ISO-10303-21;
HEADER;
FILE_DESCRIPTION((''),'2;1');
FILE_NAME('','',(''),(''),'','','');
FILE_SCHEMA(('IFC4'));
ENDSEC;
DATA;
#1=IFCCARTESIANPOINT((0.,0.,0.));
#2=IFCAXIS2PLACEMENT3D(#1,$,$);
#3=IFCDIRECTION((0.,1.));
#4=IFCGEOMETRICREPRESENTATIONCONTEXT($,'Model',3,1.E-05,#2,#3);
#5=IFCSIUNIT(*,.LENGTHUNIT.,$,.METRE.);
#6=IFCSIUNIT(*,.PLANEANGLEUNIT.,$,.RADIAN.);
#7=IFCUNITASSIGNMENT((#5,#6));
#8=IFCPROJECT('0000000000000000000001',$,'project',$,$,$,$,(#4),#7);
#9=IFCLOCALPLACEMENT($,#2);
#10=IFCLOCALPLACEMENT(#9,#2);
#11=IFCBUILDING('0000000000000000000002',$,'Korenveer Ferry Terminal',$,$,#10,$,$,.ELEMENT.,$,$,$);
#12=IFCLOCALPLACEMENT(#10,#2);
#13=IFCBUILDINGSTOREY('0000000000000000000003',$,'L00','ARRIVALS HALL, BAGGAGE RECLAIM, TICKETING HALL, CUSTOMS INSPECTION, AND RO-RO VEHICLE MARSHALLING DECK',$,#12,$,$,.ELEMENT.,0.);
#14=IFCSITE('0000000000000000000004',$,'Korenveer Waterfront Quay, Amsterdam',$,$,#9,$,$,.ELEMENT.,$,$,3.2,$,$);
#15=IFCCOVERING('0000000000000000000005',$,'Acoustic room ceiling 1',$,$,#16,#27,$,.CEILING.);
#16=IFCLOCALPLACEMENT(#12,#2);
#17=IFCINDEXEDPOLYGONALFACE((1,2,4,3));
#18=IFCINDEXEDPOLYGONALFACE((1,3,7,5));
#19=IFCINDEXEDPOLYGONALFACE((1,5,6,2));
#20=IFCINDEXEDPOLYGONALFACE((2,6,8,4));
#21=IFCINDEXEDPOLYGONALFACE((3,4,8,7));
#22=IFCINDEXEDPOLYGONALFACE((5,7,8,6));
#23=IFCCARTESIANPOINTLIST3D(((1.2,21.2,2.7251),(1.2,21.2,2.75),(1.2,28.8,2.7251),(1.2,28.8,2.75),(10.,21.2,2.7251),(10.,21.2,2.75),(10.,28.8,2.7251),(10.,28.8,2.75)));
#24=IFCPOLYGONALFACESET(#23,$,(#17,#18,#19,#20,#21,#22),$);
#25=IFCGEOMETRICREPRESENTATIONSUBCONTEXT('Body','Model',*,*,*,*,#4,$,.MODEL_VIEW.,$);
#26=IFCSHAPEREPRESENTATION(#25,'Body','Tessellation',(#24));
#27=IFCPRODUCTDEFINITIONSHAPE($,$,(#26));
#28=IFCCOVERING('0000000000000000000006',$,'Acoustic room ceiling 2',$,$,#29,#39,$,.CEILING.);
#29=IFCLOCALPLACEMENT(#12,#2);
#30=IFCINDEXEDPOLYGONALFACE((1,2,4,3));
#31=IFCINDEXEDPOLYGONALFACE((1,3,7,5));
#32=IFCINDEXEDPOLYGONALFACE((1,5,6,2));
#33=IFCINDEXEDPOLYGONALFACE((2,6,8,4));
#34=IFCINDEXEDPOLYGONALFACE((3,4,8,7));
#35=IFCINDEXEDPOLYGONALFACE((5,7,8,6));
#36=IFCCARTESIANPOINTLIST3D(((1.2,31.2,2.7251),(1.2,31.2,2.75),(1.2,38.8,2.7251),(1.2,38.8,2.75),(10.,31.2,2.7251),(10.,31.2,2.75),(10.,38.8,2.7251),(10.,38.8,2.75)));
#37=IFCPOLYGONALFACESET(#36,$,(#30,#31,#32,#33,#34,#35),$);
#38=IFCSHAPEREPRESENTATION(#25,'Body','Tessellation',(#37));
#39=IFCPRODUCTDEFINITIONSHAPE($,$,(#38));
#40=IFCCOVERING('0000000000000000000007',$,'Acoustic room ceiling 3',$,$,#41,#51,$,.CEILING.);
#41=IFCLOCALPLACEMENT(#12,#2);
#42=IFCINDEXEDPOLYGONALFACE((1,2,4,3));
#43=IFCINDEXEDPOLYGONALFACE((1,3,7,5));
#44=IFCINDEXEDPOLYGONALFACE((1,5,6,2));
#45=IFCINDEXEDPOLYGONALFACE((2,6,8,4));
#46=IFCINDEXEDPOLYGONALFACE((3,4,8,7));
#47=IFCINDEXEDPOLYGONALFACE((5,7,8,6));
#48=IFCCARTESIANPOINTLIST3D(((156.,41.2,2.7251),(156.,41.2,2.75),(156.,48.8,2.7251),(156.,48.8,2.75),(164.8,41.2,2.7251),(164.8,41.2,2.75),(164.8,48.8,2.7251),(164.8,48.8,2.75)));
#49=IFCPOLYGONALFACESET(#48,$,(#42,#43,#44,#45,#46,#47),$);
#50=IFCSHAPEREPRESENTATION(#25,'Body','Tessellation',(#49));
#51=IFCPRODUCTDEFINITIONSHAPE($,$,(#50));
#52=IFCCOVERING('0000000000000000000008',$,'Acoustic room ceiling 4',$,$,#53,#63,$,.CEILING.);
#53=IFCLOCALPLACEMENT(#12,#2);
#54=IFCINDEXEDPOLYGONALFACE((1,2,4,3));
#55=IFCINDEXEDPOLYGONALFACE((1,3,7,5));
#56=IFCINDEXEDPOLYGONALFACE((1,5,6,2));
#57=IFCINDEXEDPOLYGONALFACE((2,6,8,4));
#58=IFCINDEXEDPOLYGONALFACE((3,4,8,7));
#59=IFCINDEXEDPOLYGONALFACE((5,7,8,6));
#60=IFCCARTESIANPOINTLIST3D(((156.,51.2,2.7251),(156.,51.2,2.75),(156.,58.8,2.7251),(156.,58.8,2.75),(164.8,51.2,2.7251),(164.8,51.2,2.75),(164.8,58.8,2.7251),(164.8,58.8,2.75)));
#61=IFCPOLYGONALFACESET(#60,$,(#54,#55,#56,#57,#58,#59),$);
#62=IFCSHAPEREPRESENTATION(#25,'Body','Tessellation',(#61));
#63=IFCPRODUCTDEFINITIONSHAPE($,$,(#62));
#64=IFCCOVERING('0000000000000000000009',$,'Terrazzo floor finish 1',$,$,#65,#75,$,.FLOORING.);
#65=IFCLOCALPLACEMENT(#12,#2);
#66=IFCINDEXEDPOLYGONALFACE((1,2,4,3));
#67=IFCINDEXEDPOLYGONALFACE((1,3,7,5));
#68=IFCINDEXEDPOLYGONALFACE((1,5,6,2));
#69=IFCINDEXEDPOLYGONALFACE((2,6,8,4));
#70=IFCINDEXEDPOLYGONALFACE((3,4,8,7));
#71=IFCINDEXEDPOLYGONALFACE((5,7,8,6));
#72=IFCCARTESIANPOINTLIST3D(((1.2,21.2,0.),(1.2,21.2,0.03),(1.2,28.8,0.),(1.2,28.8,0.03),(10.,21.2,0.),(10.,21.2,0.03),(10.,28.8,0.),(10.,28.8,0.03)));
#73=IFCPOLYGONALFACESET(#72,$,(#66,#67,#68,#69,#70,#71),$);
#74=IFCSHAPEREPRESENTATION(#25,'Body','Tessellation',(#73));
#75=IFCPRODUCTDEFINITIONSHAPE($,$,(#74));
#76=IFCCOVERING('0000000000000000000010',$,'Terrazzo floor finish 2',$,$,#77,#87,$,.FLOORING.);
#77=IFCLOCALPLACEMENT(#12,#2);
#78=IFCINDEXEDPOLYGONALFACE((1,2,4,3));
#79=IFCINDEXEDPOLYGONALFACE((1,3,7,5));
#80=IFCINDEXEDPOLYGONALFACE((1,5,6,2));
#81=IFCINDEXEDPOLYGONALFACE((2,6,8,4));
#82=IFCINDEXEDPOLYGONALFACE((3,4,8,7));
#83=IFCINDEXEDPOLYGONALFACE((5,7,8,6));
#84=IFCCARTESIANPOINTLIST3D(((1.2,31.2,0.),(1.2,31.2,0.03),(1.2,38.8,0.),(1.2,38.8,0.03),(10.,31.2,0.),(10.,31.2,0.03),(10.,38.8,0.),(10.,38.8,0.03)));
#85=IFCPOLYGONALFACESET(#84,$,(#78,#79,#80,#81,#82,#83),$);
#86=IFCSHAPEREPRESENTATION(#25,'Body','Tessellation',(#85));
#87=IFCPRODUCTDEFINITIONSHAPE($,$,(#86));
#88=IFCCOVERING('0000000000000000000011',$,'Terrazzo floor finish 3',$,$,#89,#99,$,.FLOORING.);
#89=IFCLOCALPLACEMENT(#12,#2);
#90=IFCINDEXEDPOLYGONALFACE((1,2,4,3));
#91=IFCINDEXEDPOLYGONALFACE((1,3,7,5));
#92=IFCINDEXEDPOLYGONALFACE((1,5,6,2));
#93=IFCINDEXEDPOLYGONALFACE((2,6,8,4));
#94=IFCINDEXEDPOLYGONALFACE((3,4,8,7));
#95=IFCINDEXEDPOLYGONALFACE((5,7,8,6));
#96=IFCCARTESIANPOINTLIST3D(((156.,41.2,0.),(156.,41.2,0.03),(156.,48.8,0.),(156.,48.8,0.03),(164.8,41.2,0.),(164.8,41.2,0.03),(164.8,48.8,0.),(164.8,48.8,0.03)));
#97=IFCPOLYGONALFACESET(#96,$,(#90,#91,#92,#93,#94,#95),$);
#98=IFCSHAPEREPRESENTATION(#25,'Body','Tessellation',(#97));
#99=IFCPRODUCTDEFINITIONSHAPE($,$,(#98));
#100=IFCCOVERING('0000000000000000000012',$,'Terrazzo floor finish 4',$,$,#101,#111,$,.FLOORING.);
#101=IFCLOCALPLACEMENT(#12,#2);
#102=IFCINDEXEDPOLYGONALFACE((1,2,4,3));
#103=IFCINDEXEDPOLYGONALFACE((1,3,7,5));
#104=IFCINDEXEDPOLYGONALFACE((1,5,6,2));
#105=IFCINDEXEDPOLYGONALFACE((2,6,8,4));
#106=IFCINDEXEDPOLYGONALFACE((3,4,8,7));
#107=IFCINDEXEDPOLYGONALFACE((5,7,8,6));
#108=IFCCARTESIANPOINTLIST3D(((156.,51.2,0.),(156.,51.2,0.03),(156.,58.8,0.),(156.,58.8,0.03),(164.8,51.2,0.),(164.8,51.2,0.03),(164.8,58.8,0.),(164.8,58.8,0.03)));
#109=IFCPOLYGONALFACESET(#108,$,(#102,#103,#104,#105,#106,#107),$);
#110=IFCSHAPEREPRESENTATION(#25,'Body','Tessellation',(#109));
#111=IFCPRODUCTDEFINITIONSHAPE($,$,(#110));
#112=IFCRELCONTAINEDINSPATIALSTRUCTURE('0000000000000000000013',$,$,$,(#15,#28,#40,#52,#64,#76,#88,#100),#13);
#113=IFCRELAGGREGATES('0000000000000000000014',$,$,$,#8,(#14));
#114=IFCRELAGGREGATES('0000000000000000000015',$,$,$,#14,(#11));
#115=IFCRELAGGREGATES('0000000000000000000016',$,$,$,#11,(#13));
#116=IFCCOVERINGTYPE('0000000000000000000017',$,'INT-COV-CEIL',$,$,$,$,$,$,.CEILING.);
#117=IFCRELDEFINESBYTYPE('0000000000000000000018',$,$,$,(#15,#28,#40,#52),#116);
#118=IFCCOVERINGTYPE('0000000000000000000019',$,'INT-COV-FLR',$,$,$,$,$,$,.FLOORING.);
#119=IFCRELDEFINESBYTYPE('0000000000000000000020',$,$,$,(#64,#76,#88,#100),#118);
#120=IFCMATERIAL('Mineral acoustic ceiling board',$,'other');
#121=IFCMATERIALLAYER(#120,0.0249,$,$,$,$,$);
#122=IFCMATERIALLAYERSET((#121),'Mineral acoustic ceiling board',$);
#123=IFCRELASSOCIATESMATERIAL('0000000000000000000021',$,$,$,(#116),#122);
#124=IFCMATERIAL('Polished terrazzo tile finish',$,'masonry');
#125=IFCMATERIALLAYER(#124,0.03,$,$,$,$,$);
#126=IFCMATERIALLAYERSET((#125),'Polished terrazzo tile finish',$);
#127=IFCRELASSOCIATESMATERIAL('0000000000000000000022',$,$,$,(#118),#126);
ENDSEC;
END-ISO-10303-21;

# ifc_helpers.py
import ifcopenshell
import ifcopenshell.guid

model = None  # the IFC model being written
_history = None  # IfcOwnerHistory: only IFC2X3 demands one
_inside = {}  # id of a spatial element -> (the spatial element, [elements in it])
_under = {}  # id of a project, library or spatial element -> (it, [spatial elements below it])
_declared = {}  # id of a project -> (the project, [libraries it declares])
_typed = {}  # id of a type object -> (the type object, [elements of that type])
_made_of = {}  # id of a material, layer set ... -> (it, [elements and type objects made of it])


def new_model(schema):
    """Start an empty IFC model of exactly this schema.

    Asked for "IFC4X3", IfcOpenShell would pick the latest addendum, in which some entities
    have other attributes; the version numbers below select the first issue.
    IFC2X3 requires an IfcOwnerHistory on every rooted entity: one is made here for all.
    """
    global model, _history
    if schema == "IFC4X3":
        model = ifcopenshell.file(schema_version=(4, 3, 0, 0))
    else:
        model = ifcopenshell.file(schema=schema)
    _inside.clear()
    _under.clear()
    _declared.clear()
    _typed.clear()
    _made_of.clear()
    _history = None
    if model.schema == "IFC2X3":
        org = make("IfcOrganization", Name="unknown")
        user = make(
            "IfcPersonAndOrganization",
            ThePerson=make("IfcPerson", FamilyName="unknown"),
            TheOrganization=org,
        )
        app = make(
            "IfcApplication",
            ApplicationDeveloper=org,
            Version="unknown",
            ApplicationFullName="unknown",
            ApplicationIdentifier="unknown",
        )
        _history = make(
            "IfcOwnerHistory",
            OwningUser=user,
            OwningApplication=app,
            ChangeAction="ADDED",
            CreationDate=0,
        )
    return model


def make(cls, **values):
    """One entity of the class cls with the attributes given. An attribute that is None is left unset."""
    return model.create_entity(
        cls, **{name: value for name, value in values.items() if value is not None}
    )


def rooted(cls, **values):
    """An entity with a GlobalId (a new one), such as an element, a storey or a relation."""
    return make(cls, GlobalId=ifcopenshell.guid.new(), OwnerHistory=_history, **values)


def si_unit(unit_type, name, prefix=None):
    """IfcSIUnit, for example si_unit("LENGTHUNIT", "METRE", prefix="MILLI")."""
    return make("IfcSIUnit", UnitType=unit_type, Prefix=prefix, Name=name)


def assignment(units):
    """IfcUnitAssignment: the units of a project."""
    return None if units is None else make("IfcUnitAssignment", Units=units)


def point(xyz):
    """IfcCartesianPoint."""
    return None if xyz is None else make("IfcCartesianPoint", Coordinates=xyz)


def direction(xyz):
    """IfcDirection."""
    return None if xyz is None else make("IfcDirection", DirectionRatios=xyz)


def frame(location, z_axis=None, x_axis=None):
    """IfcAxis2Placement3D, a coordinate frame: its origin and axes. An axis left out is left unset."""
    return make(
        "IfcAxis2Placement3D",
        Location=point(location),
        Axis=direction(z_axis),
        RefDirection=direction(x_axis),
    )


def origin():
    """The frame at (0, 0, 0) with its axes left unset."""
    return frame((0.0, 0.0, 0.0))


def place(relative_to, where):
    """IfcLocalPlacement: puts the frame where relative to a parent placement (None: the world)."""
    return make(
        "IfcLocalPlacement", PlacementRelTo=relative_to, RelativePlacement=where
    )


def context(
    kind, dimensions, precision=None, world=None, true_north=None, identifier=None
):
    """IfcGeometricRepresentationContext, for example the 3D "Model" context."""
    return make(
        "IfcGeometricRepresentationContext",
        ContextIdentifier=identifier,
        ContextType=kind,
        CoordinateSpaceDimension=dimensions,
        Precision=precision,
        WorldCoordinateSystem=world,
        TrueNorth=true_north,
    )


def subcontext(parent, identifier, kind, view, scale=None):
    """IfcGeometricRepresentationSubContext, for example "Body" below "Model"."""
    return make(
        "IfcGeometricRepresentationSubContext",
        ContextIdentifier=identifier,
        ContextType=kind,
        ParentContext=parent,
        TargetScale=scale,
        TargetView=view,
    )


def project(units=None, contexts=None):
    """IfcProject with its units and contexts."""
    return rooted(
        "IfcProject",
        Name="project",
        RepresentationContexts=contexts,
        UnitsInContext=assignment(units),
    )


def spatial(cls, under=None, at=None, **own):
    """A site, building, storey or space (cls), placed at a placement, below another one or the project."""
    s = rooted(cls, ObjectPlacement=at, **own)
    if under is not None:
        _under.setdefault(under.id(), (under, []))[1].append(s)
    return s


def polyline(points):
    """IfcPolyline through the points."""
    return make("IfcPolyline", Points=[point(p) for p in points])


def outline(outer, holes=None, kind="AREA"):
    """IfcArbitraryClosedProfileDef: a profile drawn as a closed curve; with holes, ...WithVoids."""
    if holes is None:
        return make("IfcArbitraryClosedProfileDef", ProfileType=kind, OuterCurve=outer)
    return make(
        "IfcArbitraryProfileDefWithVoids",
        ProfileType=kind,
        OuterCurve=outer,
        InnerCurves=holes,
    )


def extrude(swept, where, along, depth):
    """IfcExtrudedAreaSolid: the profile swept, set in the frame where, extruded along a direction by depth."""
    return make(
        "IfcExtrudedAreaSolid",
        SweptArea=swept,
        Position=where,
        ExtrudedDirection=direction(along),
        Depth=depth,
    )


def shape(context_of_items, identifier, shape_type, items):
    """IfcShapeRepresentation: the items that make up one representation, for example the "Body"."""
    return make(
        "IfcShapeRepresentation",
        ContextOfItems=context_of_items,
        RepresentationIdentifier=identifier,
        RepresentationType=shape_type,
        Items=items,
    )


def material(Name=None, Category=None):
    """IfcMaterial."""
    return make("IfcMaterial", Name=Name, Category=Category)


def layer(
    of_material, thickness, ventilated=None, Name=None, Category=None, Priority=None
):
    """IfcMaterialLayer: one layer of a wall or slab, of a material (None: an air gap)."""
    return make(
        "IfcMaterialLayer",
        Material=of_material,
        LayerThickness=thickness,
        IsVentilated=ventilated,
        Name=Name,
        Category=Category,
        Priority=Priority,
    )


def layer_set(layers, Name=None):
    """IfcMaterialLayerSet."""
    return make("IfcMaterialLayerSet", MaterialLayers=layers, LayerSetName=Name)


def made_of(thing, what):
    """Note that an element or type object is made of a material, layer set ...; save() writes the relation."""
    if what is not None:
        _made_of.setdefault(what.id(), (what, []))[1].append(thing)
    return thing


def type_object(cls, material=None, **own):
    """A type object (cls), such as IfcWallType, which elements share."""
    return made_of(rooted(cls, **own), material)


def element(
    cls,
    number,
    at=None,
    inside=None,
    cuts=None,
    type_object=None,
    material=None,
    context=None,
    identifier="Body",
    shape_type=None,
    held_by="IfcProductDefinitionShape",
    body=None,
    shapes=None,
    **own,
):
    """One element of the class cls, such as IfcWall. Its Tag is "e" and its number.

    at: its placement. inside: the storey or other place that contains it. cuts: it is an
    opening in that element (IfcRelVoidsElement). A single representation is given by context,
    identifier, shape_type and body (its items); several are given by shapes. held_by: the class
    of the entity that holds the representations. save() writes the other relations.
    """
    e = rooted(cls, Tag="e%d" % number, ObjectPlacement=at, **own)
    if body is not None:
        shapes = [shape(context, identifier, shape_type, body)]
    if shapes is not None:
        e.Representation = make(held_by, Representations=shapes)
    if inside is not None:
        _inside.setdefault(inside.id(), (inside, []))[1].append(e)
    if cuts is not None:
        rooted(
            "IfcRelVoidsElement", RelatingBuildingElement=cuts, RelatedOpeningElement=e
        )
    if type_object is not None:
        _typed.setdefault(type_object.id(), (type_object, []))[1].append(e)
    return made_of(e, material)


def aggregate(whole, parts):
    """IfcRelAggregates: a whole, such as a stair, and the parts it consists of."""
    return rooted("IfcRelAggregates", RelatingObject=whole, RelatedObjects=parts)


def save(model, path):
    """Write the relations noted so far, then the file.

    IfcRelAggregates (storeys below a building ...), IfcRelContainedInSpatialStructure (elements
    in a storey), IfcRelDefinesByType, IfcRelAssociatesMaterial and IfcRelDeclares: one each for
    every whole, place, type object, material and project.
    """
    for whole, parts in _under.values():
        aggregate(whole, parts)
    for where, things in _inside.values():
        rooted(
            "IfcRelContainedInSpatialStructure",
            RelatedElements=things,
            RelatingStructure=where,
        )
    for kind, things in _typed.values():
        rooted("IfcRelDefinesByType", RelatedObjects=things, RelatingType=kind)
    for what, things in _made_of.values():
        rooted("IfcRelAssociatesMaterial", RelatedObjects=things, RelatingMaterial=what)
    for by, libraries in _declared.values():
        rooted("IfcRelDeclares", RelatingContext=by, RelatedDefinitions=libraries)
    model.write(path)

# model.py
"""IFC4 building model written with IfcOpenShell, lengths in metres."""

from ifc_helpers import new_model, si_unit, direction, frame, origin, place, context, subcontext, project, spatial, polyline, outline, extrude, material, layer, layer_set, type_object, element, save


model = new_model("IFC4")

# Units and contexts
model_context = context("Model", 3, precision=1e-05, world=origin(), true_north=direction((0.0, 1.0)))
body_context = subcontext(model_context, "Body", "Model", "MODEL_VIEW")
ifc_project = project(units=[si_unit("LENGTHUNIT", "METRE"), si_unit("PLANEANGLEUNIT", "RADIAN")], contexts=[model_context])

# Site, building, storey
site_placement = place(None, origin())
site = spatial("IfcSite", under=ifc_project, at=site_placement, Name="Korenveer Waterfront Quay, Amsterdam", CompositionType="ELEMENT", RefElevation=3.2)
building_placement = place(site_placement, origin())
building = spatial("IfcBuilding", under=site, at=building_placement, Name="Korenveer Ferry Terminal", CompositionType="ELEMENT")
storey_placement = place(building_placement, origin())
storey = spatial("IfcBuildingStorey", under=building, at=storey_placement, Name="L00", Description="ARRIVALS HALL, BAGGAGE RECLAIM, TICKETING HALL, CUSTOMS INSPECTION, AND RO-RO VEHICLE MARSHALLING DECK", CompositionType="ELEMENT", Elevation=0.0)

# Coverings
ifc_material_1 = material(Name="Mineral acoustic ceiling board", Category="other")
ifc_layer_1 = layer(ifc_material_1, 0.0249)
ifc_layer_set_1 = layer_set([ifc_layer_1], Name="Mineral acoustic ceiling board")
covering_type_1 = type_object("IfcCoveringType", Name="INT-COV-CEIL", PredefinedType="CEILING", material=ifc_layer_set_1)
covering_1_placement = place(storey_placement, frame((0.0, 0.0, 2.7251)))
element("IfcCovering", 1, at=covering_1_placement, inside=storey, type_object=covering_type_1, Name="Acoustic room ceiling 1", PredefinedType="CEILING", context=body_context, shape_type="SweptSolid", body=[
    extrude(outline(polyline([(1.2, 21.2), (10.0, 21.2), (10.0, 28.8), (1.2, 28.8), (1.2, 21.2)])), origin(), (0.0, 0.0, 1.0), 0.0249),
])
covering_2_placement = place(storey_placement, frame((0.0, 0.0, 2.7251)))
element("IfcCovering", 2, at=covering_2_placement, inside=storey, type_object=covering_type_1, Name="Acoustic room ceiling 2", PredefinedType="CEILING", context=body_context, shape_type="SweptSolid", body=[
    extrude(outline(polyline([(1.2, 31.2), (10.0, 31.2), (10.0, 38.8), (1.2, 38.8), (1.2, 31.2)])), origin(), (0.0, 0.0, 1.0), 0.0249),
])
covering_3_placement = place(storey_placement, frame((0.0, 0.0, 2.7251)))
element("IfcCovering", 3, at=covering_3_placement, inside=storey, type_object=covering_type_1, Name="Acoustic room ceiling 3", PredefinedType="CEILING", context=body_context, shape_type="SweptSolid", body=[
    extrude(outline(polyline([(156.0, 41.2), (164.8, 41.2), (164.8, 48.8), (156.0, 48.8), (156.0, 41.2)])), origin(), (0.0, 0.0, 1.0), 0.0249),
])
covering_4_placement = place(storey_placement, frame((0.0, 0.0, 2.7251)))
element("IfcCovering", 4, at=covering_4_placement, inside=storey, type_object=covering_type_1, Name="Acoustic room ceiling 4", PredefinedType="CEILING", context=body_context, shape_type="SweptSolid", body=[
    extrude(outline(polyline([(156.0, 51.2), (164.8, 51.2), (164.8, 58.8), (156.0, 58.8), (156.0, 51.2)])), origin(), (0.0, 0.0, 1.0), 0.0249),
])
ifc_material_2 = material(Name="Polished terrazzo tile finish", Category="masonry")
ifc_layer_2 = layer(ifc_material_2, 0.03)
ifc_layer_set_2 = layer_set([ifc_layer_2], Name="Polished terrazzo tile finish")
covering_type_2 = type_object("IfcCoveringType", Name="INT-COV-FLR", PredefinedType="FLOORING", material=ifc_layer_set_2)
covering_5_placement = place(storey_placement, origin())
element("IfcCovering", 5, at=covering_5_placement, inside=storey, type_object=covering_type_2, Name="Terrazzo floor finish 1", PredefinedType="FLOORING", context=body_context, shape_type="SweptSolid", body=[
    extrude(outline(polyline([(1.2, 21.2), (10.0, 21.2), (10.0, 28.8), (1.2, 28.8), (1.2, 21.2)])), origin(), (0.0, 0.0, 1.0), 0.03),
])
covering_6_placement = place(storey_placement, origin())
element("IfcCovering", 6, at=covering_6_placement, inside=storey, type_object=covering_type_2, Name="Terrazzo floor finish 2", PredefinedType="FLOORING", context=body_context, shape_type="SweptSolid", body=[
    extrude(outline(polyline([(1.2, 31.2), (10.0, 31.2), (10.0, 38.8), (1.2, 38.8), (1.2, 31.2)])), origin(), (0.0, 0.0, 1.0), 0.03),
])
covering_7_placement = place(storey_placement, origin())
element("IfcCovering", 7, at=covering_7_placement, inside=storey, type_object=covering_type_2, Name="Terrazzo floor finish 3", PredefinedType="FLOORING", context=body_context, shape_type="SweptSolid", body=[
    extrude(outline(polyline([(156.0, 41.2), (164.8, 41.2), (164.8, 48.8), (156.0, 48.8), (156.0, 41.2)])), origin(), (0.0, 0.0, 1.0), 0.03),
])
covering_8_placement = place(storey_placement, origin())
element("IfcCovering", 8, at=covering_8_placement, inside=storey, type_object=covering_type_2, Name="Terrazzo floor finish 4", PredefinedType="FLOORING", context=body_context, shape_type="SweptSolid", body=[
    extrude(outline(polyline([(156.0, 51.2), (164.8, 51.2), (164.8, 58.8), (156.0, 58.8), (156.0, 51.2)])), origin(), (0.0, 0.0, 1.0), 0.03),
])

save(model, "model.ifc")
